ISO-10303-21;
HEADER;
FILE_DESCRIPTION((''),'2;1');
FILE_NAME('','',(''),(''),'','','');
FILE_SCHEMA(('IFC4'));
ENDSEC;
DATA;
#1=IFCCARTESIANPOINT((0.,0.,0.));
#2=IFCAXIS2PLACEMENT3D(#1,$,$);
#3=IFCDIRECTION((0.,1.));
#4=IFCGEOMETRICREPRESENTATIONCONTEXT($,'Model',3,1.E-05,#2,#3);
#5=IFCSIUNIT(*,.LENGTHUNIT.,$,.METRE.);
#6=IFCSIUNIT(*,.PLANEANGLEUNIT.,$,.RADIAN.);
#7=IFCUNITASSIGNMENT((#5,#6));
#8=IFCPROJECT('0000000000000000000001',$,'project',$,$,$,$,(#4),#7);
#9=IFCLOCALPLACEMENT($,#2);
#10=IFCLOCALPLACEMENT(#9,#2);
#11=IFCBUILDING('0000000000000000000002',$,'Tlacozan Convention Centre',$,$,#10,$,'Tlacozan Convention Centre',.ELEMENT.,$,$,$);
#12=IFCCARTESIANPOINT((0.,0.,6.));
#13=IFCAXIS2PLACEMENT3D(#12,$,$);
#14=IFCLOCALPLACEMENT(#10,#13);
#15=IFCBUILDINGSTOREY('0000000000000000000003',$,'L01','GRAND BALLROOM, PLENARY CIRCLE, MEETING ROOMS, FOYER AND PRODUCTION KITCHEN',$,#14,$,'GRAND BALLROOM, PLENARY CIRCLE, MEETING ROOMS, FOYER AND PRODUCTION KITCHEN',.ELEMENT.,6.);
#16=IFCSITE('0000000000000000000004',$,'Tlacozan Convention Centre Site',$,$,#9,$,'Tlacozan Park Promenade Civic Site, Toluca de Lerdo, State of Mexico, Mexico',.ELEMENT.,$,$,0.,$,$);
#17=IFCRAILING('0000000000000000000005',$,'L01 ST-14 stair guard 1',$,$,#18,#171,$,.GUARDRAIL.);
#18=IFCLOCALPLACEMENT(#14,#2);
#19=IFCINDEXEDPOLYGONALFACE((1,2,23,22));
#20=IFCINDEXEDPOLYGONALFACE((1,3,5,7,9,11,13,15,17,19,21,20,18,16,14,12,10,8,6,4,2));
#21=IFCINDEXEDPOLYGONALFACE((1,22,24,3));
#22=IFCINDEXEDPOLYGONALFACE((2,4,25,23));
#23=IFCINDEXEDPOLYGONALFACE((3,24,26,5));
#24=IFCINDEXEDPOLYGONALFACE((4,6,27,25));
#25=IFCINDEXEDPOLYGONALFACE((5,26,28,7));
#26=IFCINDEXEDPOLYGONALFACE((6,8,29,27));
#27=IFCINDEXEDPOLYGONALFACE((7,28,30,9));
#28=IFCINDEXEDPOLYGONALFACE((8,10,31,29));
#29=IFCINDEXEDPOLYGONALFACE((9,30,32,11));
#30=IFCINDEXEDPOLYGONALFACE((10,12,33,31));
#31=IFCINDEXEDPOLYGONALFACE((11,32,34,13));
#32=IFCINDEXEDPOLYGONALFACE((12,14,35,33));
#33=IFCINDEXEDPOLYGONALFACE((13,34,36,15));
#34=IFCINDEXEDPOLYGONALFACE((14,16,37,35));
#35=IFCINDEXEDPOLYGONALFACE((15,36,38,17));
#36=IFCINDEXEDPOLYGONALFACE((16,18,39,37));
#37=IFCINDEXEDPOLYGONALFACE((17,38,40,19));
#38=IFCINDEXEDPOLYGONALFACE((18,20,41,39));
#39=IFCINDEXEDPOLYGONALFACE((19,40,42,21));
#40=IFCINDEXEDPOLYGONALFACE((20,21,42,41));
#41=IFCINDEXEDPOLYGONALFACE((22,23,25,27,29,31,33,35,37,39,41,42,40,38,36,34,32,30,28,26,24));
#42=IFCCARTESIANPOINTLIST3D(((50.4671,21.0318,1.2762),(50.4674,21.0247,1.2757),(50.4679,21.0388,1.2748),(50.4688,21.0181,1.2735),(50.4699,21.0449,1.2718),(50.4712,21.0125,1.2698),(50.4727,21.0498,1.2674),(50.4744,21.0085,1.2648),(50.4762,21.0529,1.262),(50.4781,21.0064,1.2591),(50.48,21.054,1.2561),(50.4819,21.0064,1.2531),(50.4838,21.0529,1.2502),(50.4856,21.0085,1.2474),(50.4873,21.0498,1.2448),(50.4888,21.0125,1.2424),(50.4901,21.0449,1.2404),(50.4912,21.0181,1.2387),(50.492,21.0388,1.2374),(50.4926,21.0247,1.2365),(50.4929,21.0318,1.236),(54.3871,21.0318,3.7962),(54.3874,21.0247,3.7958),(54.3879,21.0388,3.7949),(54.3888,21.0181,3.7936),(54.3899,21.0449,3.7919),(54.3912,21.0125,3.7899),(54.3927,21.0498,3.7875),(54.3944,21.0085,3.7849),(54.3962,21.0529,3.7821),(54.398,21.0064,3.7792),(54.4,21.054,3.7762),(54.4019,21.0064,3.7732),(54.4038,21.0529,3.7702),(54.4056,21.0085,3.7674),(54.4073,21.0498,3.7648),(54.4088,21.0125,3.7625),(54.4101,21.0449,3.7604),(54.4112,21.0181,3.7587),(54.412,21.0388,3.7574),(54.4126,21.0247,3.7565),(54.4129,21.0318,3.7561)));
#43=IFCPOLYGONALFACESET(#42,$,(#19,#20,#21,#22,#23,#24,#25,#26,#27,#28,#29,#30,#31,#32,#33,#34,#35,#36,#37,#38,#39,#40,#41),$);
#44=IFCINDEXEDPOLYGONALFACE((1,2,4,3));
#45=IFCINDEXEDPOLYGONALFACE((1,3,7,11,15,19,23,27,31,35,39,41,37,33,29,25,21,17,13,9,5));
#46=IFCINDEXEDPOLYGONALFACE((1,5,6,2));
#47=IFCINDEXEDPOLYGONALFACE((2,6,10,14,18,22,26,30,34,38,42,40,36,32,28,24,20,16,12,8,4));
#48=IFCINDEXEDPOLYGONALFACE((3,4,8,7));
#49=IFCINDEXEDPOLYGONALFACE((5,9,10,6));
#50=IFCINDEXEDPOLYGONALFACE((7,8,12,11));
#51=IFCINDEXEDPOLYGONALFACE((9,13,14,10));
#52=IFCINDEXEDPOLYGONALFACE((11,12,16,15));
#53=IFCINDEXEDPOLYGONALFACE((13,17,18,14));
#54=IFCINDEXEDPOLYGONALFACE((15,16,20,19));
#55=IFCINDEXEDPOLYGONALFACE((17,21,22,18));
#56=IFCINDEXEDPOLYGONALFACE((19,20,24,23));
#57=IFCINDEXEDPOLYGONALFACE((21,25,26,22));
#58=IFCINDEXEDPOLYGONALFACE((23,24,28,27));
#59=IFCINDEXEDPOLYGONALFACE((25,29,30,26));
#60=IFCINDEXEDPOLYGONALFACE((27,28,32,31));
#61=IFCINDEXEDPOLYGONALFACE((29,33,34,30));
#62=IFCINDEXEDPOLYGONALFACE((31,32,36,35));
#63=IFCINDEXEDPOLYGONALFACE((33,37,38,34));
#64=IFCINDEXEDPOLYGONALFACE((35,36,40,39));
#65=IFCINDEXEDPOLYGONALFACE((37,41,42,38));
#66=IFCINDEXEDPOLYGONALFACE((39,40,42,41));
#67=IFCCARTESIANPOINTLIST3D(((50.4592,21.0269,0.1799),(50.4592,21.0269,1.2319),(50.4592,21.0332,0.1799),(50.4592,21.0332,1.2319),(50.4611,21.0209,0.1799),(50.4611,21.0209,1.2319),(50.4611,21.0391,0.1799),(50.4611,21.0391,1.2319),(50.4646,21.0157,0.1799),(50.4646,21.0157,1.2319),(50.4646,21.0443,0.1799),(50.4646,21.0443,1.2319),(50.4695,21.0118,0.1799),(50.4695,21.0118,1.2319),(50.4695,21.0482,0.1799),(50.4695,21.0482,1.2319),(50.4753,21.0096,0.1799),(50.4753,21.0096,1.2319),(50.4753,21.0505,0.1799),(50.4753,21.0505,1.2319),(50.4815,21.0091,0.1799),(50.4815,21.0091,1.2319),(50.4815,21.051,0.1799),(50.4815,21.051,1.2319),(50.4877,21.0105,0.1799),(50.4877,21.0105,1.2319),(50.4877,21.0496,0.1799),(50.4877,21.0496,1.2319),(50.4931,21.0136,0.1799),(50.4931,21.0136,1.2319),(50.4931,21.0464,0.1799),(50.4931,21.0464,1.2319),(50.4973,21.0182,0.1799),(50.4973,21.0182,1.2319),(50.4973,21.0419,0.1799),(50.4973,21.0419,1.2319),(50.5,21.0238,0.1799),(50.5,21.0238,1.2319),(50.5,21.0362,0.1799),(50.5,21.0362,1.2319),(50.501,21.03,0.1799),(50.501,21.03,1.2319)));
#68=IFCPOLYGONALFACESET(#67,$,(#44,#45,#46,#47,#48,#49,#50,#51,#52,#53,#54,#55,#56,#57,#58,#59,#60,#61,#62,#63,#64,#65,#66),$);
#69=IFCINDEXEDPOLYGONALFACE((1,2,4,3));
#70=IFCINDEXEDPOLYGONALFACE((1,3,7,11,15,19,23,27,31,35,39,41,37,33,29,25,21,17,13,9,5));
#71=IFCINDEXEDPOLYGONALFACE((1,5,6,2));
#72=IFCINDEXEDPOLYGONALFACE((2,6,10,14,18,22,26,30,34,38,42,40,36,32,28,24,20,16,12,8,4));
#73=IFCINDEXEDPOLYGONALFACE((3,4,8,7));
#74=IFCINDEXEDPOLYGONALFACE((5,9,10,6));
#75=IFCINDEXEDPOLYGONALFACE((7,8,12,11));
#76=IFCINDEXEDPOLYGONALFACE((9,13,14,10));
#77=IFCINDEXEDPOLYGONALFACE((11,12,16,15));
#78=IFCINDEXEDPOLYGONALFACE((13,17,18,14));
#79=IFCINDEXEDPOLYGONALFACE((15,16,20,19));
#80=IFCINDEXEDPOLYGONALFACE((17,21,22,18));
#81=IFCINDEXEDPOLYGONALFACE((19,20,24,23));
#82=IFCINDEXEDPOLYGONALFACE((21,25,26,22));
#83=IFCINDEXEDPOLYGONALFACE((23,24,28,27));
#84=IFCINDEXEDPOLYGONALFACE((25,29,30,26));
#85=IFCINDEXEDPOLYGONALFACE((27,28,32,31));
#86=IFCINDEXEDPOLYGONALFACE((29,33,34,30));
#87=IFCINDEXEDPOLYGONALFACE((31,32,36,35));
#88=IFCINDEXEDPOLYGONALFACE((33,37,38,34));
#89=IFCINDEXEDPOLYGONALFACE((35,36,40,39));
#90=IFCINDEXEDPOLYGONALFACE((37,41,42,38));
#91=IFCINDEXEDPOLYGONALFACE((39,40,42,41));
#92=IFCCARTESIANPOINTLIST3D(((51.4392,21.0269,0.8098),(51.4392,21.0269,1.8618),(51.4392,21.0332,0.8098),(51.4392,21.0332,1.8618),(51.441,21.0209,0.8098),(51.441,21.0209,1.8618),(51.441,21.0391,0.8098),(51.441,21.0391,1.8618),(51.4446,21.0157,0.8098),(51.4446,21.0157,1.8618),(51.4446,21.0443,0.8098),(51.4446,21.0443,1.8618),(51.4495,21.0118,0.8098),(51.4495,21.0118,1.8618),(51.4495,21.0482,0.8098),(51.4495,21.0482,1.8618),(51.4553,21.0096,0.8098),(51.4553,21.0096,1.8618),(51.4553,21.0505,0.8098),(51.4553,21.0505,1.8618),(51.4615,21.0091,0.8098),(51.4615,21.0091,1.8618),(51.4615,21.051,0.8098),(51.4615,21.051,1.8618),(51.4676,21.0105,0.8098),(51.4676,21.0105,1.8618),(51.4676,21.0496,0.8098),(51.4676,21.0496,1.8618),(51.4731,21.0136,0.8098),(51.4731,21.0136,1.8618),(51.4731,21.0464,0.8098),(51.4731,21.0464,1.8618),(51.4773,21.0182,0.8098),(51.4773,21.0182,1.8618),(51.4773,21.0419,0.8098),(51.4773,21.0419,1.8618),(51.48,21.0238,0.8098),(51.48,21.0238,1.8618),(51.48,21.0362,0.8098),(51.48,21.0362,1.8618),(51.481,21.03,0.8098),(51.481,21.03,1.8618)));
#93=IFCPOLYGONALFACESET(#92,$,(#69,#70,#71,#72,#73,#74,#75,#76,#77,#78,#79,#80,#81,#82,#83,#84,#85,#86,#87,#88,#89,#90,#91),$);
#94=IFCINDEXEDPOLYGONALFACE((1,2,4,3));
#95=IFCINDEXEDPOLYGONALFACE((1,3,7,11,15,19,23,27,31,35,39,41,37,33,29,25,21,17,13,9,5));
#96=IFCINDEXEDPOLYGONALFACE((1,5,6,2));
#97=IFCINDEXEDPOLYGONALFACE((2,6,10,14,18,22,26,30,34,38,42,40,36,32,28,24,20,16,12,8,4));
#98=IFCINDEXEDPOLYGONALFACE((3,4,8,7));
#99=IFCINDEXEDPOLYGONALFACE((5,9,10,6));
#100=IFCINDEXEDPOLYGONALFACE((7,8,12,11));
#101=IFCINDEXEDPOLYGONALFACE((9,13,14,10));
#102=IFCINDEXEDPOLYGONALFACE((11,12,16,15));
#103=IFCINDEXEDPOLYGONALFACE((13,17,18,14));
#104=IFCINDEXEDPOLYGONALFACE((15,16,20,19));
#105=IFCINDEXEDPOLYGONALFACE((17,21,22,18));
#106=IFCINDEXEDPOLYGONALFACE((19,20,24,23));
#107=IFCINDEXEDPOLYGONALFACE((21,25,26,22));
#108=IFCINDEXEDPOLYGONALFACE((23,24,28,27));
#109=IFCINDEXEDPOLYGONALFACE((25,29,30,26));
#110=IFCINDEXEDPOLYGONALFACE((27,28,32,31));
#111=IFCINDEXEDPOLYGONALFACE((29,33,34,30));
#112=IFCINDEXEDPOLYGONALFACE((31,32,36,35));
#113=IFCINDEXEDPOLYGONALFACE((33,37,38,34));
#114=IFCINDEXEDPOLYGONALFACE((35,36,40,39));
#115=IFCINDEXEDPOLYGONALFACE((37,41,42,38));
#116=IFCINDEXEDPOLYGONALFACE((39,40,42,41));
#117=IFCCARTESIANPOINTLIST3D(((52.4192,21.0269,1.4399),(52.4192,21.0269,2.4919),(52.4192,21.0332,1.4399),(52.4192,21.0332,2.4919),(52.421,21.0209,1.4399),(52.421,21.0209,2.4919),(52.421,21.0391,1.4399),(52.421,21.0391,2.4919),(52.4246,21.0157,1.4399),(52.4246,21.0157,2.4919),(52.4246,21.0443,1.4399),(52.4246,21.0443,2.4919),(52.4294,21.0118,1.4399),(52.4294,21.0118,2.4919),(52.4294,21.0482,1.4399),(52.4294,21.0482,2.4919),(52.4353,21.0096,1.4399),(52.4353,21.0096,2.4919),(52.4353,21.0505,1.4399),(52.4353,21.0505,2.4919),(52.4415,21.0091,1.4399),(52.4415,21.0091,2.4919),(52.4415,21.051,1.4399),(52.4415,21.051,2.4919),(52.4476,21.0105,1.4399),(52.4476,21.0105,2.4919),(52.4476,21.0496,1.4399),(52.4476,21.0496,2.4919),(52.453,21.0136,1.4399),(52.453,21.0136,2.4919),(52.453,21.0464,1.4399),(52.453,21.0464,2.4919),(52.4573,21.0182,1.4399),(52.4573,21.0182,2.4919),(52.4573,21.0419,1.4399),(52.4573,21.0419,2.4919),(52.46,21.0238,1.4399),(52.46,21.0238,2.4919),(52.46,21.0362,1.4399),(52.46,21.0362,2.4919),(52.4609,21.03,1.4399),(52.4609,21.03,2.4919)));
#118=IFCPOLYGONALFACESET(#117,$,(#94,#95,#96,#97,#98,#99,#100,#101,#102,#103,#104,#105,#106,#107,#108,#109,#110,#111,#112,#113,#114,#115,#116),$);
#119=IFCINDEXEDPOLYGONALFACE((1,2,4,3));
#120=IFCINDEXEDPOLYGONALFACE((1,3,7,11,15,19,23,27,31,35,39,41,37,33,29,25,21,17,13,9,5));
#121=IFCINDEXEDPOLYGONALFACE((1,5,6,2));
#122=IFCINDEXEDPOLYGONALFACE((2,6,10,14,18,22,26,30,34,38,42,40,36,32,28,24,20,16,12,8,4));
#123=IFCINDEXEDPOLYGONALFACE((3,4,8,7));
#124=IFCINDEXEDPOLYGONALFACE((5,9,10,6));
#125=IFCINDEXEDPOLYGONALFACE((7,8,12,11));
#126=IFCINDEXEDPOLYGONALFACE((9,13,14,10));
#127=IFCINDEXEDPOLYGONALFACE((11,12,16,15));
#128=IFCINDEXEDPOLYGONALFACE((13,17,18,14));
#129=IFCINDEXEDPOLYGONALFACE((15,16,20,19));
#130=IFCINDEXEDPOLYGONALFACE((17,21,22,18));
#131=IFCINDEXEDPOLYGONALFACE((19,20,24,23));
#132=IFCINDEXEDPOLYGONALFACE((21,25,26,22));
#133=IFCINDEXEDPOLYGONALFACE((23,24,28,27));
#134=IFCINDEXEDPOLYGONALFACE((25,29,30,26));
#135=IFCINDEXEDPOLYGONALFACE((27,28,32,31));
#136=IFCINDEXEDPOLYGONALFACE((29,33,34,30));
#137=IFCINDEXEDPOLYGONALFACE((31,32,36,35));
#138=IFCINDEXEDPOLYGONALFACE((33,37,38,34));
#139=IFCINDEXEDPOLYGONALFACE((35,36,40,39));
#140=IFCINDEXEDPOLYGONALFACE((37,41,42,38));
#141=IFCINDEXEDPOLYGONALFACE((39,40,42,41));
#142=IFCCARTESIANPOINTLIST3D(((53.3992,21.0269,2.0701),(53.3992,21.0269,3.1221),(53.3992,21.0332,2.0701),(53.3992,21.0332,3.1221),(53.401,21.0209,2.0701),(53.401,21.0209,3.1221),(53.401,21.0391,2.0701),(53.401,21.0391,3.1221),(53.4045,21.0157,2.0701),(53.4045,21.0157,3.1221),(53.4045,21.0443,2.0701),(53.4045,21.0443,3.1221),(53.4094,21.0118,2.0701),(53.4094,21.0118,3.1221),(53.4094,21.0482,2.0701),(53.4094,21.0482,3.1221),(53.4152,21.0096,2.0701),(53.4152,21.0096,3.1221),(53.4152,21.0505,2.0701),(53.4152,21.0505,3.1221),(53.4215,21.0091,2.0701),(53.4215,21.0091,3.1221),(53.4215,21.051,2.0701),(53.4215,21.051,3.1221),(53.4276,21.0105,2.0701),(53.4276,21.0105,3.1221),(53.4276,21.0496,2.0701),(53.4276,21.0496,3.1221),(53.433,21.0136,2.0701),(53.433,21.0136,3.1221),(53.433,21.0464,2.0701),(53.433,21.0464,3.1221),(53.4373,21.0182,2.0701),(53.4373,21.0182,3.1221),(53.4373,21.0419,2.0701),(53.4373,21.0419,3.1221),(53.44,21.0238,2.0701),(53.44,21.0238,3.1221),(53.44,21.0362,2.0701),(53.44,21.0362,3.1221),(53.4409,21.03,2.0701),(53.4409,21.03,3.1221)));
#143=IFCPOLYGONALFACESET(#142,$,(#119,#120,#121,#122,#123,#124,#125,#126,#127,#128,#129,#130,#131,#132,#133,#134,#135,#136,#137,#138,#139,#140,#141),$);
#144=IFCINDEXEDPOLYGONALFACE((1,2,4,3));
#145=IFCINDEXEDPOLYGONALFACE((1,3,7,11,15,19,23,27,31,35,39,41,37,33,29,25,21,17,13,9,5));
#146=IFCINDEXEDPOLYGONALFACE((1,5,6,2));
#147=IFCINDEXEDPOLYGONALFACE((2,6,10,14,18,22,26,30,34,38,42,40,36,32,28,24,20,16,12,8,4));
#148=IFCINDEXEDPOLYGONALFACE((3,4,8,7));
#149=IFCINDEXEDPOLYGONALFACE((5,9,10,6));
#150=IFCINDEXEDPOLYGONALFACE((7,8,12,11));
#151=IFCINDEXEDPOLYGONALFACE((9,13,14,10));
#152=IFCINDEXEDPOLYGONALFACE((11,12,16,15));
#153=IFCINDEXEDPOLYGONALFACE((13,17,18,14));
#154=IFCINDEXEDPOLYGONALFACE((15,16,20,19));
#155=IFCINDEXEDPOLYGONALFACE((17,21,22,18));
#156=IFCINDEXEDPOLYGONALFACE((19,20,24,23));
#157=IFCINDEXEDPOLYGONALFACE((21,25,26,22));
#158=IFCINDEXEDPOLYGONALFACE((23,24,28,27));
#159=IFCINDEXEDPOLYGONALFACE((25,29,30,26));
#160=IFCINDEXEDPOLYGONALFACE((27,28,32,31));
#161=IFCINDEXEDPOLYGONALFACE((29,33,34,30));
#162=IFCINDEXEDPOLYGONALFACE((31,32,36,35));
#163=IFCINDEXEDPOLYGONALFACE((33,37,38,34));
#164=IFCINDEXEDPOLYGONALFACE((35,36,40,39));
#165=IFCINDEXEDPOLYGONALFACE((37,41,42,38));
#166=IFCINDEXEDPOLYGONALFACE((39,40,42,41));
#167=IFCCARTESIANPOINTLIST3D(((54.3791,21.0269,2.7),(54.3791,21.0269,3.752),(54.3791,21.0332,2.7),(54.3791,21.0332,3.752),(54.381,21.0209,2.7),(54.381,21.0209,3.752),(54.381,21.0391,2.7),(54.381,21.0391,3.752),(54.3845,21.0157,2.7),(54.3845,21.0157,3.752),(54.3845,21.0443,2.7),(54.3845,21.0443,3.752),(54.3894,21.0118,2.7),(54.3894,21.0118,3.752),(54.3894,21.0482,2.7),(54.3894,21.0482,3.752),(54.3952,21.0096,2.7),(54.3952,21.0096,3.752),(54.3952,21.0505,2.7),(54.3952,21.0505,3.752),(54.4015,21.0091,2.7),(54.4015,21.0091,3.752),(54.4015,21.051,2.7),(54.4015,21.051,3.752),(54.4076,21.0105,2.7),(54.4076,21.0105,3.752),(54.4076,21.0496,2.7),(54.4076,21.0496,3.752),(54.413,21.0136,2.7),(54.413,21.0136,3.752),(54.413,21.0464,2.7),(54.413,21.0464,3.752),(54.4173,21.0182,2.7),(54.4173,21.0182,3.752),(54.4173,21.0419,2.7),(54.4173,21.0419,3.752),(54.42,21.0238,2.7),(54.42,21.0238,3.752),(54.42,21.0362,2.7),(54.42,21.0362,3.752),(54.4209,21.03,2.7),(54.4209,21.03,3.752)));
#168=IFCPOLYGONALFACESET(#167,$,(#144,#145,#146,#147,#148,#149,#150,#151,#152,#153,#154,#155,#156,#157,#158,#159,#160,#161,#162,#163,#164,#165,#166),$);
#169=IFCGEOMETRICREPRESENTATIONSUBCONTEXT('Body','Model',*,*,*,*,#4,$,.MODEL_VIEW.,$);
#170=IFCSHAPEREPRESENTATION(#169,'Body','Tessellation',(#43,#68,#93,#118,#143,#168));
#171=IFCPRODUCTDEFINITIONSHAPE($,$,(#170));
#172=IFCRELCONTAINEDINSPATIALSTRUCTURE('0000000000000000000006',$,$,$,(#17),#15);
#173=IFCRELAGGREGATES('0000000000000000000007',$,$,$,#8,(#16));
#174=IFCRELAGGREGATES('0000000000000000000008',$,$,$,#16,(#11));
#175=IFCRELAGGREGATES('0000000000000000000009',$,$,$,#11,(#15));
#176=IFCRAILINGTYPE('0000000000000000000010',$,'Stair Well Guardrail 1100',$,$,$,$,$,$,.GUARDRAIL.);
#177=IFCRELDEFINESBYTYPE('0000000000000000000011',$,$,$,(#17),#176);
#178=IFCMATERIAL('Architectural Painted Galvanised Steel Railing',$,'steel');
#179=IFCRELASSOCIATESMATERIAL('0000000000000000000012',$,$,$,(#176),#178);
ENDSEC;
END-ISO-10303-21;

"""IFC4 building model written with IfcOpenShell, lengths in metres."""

from ifc_helpers import new_model, si_unit, direction, frame, origin, origin_2d, place, context, subcontext, project, spatial, circle, extrude, material, type_object, element, save


model = new_model("IFC4")

# Units and contexts
model_context = context("Model", 3, precision=1e-05, world=origin(), true_north=direction((0.0, 1.0)))
body_context = subcontext(model_context, "Body", "Model", "MODEL_VIEW")
ifc_project = project(units=[si_unit("LENGTHUNIT", "METRE"), si_unit("PLANEANGLEUNIT", "RADIAN")], contexts=[model_context])

# Site, building, storey
site_placement = place(None, origin())
site = spatial("IfcSite", under=ifc_project, at=site_placement, Name="Tlacozan Convention Centre Site", LongName="Tlacozan Park Promenade Civic Site, Toluca de Lerdo, State of Mexico, Mexico", CompositionType="ELEMENT", RefElevation=0.0)
building_placement = place(site_placement, origin())
building = spatial("IfcBuilding", under=site, at=building_placement, Name="Tlacozan Convention Centre", LongName="Tlacozan Convention Centre", CompositionType="ELEMENT")
storey_placement = place(building_placement, frame((0.0, 0.0, 6.0)))
storey = spatial("IfcBuildingStorey", under=building, at=storey_placement, Name="L01", Description="GRAND BALLROOM, PLENARY CIRCLE, MEETING ROOMS, FOYER AND PRODUCTION KITCHEN", LongName="GRAND BALLROOM, PLENARY CIRCLE, MEETING ROOMS, FOYER AND PRODUCTION KITCHEN", CompositionType="ELEMENT", Elevation=6.0)

# Railing
ifc_material_1 = material(Name="Architectural Painted Galvanised Steel Railing", Category="steel")
railing_type_1 = type_object("IfcRailingType", Name="Stair Well Guardrail 1100", PredefinedType="GUARDRAIL", material=ifc_material_1)
railing_1_placement = place(storey_placement, frame((50.48, 21.03, 0.1799)))
element("IfcRailing", 1, at=railing_1_placement, inside=storey, type_object=railing_type_1, Name="L01 ST-14 stair guard 1", PredefinedType="GUARDRAIL", context=body_context, shape_type="SweptSolid", body=[
    extrude(circle(Radius=0.0239, at=origin_2d()), frame((0.0, 0.0, 1.0762), z_axis=(0.841172, 0.0, 0.540768), x_axis=(0.0, 1.0, 0.0)), (0.0, 0.0, 1.0), 4.6602),
    extrude(circle(Radius=0.021, at=origin_2d()), origin(), (0.0, 0.0, 1.0), 1.052),
    extrude(circle(Radius=0.021, at=origin_2d()), frame((0.98, 0.0, 0.6299)), (0.0, 0.0, 1.0), 1.052),
    extrude(circle(Radius=0.021, at=origin_2d()), frame((1.96, 0.0, 1.26)), (0.0, 0.0, 1.0), 1.052),
    extrude(circle(Radius=0.021, at=origin_2d()), frame((2.9399, 0.0, 1.8901)), (0.0, 0.0, 1.0), 1.052),
    extrude(circle(Radius=0.021, at=origin_2d()), frame((3.9199, 0.0, 2.52)), (0.0, 0.0, 1.0), 1.052),
])

save(model, "model.ifc")
